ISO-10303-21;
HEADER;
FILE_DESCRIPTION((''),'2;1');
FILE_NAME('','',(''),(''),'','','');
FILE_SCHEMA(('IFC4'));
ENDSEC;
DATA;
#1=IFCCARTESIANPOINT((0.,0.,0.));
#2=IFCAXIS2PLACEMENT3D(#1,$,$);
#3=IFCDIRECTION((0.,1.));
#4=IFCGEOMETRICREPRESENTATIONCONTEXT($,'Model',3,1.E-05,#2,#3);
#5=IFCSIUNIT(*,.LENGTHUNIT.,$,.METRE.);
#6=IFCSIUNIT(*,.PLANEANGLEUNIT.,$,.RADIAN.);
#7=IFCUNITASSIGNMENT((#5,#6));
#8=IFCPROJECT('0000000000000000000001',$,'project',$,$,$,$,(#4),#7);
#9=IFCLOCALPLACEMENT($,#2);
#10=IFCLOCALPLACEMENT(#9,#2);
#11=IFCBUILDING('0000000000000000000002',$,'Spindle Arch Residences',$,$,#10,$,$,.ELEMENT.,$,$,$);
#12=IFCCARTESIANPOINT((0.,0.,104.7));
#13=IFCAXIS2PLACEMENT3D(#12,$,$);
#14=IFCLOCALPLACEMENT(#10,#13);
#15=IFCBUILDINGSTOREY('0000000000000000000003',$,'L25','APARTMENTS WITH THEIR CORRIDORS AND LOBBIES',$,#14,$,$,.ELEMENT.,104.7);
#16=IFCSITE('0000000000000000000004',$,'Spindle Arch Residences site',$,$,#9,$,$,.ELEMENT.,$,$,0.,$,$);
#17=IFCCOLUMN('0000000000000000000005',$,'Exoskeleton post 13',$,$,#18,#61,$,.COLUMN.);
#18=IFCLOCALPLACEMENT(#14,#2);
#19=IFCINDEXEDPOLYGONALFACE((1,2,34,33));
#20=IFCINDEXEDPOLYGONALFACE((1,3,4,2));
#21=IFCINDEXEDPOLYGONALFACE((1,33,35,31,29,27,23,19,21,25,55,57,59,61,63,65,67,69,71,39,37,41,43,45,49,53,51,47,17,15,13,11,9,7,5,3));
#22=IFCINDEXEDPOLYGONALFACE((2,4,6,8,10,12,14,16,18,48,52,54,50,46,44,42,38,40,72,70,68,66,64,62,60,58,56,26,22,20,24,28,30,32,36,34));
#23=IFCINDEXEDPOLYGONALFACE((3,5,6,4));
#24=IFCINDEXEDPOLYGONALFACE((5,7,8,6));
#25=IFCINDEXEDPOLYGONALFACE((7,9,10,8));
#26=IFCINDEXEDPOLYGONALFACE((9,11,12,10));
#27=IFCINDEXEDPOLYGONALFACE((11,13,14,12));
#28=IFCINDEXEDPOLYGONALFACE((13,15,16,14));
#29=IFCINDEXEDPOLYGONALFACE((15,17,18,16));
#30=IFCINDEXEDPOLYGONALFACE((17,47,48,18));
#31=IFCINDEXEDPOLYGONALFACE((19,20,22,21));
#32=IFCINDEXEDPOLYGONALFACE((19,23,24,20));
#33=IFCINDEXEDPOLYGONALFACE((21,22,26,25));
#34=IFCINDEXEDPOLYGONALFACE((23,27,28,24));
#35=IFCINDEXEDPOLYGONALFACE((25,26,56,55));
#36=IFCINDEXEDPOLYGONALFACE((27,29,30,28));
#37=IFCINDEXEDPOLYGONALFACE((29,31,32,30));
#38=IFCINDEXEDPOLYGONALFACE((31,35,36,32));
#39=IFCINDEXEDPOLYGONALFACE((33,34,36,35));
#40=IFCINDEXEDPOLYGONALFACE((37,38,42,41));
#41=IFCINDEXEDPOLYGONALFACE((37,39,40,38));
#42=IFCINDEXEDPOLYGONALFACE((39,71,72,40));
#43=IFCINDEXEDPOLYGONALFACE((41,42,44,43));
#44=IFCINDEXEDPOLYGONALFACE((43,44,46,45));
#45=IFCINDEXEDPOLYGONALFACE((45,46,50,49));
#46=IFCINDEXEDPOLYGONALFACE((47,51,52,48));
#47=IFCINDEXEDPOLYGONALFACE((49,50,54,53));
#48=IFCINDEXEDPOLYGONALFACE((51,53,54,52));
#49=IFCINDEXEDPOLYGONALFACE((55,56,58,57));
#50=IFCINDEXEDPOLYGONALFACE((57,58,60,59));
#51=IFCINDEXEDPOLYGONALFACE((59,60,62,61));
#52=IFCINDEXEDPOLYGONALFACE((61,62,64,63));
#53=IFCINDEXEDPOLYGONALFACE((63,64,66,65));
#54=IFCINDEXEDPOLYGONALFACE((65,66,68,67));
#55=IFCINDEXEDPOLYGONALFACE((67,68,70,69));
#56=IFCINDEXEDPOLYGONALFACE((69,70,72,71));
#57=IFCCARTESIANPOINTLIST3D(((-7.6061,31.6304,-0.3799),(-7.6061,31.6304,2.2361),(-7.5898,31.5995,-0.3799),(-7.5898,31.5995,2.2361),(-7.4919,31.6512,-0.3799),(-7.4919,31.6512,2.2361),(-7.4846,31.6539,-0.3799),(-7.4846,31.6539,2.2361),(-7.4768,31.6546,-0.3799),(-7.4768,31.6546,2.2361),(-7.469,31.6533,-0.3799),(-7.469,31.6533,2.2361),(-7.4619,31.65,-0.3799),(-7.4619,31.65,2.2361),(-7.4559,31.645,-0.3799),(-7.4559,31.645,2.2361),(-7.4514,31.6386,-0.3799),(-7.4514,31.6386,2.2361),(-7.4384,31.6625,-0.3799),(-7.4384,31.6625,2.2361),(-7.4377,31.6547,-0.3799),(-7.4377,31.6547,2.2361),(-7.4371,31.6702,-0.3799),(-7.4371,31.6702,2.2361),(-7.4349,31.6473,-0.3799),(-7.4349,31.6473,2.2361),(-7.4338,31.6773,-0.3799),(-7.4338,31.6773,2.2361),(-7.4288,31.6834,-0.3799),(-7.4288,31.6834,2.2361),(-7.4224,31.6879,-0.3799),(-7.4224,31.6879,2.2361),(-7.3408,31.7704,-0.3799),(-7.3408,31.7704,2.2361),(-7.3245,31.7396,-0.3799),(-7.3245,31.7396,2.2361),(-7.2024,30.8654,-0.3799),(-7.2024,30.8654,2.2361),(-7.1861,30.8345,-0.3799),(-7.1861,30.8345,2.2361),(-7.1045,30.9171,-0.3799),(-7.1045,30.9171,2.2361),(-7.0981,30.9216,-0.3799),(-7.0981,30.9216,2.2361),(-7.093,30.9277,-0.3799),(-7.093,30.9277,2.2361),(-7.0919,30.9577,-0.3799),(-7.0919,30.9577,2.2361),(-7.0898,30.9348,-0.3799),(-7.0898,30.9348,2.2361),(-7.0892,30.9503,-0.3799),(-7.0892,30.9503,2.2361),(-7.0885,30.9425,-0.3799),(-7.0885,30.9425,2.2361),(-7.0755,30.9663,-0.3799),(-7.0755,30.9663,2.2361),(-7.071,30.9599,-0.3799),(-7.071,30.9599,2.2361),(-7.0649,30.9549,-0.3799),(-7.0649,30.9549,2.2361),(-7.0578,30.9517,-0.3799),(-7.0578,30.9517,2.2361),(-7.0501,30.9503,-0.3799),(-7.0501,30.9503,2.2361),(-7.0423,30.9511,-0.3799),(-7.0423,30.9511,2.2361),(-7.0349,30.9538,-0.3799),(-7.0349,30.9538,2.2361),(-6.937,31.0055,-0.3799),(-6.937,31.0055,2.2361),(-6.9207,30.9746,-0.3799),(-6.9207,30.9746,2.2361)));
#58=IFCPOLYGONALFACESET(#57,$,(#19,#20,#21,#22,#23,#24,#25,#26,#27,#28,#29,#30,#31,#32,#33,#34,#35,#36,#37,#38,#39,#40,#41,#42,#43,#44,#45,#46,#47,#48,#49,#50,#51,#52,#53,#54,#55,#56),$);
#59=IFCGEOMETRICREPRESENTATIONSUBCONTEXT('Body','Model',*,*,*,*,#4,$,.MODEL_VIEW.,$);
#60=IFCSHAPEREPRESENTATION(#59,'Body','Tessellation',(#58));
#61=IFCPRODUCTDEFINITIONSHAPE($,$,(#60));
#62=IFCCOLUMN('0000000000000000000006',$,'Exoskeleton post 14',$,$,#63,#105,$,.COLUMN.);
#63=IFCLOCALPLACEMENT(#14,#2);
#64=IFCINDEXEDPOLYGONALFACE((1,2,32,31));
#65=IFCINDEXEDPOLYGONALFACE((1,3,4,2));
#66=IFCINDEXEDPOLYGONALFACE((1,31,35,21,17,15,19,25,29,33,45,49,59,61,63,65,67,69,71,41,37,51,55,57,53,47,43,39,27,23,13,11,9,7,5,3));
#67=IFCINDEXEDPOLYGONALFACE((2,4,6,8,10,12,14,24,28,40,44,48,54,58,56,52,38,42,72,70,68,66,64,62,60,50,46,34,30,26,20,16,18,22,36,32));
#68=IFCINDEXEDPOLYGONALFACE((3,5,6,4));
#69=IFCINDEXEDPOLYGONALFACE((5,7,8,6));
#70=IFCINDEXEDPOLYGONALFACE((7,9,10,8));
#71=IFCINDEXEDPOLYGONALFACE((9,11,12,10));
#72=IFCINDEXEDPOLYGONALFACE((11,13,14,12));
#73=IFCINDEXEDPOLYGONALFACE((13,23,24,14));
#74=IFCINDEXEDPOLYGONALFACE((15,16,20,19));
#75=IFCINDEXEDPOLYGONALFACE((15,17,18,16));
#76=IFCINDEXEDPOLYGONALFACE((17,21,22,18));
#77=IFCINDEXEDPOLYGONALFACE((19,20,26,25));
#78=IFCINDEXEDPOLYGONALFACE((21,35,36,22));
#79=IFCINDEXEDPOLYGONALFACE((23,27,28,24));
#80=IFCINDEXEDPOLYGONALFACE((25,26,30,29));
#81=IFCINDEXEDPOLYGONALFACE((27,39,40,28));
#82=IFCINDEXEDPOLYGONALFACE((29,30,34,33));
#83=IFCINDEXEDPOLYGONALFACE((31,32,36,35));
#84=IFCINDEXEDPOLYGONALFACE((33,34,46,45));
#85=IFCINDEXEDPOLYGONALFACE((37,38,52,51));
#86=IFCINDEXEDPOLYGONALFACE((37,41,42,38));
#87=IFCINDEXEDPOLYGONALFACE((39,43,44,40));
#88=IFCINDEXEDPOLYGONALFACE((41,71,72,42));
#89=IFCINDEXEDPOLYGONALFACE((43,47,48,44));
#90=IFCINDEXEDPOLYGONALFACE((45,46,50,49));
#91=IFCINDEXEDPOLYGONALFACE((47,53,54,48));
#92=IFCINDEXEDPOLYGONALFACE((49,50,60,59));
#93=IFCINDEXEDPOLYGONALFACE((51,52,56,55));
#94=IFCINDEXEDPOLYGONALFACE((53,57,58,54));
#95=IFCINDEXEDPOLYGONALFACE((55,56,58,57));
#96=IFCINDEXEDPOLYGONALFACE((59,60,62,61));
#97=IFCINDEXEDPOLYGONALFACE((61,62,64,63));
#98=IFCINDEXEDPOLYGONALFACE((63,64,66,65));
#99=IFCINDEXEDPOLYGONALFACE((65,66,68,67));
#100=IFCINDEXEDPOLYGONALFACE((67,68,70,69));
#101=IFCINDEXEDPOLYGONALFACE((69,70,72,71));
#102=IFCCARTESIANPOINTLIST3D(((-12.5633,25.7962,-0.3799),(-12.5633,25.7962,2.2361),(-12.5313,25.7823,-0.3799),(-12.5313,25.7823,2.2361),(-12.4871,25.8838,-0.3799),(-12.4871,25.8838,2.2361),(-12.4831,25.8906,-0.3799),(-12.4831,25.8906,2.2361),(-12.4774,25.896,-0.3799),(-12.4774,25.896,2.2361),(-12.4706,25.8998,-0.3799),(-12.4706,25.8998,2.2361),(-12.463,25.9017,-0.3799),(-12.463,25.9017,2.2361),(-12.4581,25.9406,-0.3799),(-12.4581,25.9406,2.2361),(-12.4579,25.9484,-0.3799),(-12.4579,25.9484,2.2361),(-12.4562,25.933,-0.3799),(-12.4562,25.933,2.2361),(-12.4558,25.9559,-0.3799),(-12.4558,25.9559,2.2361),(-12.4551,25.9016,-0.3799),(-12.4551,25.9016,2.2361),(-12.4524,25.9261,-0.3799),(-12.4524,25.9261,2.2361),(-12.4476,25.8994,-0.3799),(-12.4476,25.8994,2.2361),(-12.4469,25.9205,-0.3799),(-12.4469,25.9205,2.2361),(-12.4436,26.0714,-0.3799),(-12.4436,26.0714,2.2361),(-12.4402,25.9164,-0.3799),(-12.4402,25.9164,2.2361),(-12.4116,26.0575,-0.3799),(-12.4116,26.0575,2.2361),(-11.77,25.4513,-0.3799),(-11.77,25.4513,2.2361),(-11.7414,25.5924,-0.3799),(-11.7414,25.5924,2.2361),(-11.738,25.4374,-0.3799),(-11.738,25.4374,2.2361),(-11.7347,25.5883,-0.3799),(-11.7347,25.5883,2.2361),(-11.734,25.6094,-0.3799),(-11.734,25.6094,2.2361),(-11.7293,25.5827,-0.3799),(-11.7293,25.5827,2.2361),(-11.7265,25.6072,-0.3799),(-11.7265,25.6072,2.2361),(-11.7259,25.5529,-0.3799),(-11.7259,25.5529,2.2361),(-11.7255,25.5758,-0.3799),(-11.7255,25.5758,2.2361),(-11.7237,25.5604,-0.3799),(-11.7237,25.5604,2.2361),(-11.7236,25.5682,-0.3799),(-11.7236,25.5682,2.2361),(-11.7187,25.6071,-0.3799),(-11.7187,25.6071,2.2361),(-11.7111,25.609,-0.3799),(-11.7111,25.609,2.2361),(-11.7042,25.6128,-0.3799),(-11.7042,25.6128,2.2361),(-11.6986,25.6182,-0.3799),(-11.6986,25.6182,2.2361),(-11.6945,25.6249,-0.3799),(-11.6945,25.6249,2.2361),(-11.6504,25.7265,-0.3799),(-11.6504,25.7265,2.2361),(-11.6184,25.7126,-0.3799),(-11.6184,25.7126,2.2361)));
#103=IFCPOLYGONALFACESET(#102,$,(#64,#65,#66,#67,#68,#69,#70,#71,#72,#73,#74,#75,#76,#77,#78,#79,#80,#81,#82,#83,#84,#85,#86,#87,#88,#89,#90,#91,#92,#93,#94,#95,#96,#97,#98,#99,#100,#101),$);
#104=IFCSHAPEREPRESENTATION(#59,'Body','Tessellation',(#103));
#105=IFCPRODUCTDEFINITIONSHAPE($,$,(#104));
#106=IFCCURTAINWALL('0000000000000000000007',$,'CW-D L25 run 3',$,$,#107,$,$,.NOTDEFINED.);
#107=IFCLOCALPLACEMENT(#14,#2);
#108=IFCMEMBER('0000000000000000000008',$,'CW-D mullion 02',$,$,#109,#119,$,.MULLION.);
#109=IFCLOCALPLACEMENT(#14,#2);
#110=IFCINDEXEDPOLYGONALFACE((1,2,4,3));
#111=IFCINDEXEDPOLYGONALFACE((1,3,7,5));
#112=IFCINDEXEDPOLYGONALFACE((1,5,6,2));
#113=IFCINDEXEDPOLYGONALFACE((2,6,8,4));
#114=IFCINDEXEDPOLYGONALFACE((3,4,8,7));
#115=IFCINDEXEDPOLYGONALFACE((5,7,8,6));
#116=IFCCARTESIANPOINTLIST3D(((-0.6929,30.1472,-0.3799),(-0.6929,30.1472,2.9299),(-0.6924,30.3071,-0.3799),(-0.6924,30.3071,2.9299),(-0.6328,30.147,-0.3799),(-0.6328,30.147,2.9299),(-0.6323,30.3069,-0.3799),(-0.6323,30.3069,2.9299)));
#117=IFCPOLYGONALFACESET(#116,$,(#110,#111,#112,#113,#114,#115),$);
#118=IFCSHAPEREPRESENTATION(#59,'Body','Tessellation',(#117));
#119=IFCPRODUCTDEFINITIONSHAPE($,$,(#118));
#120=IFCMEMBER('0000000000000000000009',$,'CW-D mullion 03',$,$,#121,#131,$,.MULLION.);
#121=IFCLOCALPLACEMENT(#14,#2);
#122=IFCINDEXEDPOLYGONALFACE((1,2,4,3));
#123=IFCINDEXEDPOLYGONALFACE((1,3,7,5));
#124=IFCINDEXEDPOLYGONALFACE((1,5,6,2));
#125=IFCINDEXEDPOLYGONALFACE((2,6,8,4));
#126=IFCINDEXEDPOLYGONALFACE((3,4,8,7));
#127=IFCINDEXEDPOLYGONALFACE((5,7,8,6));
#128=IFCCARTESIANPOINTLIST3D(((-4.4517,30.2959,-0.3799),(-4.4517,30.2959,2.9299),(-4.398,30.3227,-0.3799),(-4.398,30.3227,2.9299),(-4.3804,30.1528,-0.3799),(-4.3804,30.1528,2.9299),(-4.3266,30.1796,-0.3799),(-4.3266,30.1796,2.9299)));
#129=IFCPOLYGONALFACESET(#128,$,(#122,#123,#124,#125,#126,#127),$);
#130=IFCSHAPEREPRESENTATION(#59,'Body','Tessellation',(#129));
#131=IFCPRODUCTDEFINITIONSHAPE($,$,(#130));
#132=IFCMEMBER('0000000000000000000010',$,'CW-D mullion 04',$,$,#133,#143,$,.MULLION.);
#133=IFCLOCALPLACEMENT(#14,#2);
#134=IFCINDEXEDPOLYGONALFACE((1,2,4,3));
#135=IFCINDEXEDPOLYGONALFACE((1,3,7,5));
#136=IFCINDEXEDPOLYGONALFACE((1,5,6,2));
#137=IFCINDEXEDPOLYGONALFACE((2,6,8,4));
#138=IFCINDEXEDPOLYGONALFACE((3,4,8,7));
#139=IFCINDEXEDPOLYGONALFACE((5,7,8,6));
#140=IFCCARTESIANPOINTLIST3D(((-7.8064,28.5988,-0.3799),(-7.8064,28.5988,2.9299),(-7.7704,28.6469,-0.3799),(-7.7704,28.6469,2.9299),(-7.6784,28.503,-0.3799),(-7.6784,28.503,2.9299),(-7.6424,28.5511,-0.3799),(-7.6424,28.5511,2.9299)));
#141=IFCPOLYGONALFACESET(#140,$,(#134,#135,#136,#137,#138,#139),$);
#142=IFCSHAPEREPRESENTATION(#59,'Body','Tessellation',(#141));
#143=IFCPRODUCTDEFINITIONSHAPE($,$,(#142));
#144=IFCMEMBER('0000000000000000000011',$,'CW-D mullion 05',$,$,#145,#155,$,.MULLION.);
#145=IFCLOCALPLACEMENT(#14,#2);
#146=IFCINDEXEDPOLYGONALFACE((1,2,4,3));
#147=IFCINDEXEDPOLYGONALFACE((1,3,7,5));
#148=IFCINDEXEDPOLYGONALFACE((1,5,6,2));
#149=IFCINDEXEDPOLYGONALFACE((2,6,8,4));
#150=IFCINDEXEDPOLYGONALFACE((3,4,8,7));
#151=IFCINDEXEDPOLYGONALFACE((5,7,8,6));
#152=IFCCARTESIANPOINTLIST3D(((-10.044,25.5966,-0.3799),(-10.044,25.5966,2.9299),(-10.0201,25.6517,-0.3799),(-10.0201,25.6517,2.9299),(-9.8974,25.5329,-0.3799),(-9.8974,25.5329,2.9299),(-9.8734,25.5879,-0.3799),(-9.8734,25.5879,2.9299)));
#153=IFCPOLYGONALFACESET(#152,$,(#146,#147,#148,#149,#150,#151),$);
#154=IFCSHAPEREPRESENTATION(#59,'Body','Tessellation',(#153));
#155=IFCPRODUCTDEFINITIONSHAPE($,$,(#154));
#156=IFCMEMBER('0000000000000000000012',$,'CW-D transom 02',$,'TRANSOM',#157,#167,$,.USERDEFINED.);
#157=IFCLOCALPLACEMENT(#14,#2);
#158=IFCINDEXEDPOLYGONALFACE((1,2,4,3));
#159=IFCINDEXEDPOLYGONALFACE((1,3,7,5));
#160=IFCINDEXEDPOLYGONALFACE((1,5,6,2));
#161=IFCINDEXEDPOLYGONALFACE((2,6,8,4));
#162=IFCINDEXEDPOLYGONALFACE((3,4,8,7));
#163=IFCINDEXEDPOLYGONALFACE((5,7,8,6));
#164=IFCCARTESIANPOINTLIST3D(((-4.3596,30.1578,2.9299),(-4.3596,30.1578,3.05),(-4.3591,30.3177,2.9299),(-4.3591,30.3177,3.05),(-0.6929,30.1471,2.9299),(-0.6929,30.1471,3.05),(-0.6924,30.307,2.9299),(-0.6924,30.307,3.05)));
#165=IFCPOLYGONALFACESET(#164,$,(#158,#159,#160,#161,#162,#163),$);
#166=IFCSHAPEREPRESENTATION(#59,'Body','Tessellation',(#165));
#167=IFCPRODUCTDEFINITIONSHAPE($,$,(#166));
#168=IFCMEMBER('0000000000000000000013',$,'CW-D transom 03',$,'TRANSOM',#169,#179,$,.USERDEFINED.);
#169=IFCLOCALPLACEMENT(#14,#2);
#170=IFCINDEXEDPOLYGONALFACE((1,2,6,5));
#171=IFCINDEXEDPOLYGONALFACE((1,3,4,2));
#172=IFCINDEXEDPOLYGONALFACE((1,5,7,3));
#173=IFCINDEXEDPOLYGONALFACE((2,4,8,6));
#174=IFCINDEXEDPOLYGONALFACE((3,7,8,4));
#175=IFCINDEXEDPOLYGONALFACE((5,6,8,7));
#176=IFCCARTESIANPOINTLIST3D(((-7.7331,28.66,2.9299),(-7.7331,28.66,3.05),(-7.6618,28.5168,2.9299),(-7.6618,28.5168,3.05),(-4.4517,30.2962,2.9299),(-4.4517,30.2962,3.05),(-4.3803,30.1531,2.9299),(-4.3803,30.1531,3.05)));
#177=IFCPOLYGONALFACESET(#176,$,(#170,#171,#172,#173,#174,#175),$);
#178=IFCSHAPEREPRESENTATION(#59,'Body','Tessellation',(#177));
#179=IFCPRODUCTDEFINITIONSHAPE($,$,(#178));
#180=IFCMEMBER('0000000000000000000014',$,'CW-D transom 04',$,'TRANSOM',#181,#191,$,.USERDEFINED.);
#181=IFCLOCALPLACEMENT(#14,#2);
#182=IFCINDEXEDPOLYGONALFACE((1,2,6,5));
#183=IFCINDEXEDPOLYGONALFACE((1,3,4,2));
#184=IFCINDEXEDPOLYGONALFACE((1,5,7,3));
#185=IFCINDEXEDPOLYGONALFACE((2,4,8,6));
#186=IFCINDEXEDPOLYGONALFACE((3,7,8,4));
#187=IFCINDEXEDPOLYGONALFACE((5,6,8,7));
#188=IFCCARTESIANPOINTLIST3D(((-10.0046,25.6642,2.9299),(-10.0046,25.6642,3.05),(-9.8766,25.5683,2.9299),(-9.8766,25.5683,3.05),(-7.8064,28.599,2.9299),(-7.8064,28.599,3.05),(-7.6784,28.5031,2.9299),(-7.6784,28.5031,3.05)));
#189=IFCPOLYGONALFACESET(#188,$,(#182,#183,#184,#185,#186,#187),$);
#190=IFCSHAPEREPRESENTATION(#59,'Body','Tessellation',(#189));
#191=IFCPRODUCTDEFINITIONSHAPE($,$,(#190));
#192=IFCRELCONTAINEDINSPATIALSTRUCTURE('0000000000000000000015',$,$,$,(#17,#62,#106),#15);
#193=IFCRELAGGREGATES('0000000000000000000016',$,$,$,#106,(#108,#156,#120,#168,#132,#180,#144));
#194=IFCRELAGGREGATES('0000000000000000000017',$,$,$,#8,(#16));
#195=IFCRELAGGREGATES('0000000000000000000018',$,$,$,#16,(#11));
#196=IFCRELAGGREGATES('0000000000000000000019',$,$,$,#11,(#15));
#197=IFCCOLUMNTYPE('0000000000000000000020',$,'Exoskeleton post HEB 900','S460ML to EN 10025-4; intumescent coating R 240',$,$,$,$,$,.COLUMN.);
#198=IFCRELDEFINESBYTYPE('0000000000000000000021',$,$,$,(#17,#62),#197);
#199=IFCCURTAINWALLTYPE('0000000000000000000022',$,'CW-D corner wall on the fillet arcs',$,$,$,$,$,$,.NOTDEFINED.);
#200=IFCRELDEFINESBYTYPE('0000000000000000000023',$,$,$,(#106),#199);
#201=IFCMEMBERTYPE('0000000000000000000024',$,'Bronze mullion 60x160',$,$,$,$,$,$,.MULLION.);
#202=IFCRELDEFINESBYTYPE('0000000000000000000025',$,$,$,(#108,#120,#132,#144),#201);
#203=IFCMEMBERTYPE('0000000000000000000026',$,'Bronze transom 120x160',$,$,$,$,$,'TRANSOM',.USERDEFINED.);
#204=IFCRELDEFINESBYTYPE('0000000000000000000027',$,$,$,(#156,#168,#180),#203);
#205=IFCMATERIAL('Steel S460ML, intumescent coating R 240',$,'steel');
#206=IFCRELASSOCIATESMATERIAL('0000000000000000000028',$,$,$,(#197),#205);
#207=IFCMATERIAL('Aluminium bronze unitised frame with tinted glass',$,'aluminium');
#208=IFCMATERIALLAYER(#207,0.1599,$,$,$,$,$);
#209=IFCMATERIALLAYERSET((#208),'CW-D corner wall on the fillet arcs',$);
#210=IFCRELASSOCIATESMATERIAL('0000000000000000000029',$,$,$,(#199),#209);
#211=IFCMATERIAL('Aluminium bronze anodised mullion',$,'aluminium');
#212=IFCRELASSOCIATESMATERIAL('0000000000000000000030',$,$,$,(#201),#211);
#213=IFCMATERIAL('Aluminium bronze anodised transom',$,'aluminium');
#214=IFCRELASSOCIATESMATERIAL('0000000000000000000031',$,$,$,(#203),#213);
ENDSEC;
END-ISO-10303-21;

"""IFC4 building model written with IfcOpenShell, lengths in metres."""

from ifc_helpers import new_model, si_unit, direction, frame, origin, origin_2d, place, context, subcontext, project, spatial, rectangle, i_section, extrude, material, layer, layer_set, material_profile, profile_set, type_object, element, aggregate, save


model = new_model("IFC4")

# Units and contexts
model_context = context("Model", 3, precision=1e-05, world=origin(), true_north=direction((0.0, 1.0)))
body_context = subcontext(model_context, "Body", "Model", "MODEL_VIEW")
ifc_project = project(units=[si_unit("LENGTHUNIT", "METRE"), si_unit("PLANEANGLEUNIT", "RADIAN")], contexts=[model_context])

# Site, building, storey
site_placement = place(None, origin())
site = spatial("IfcSite", under=ifc_project, at=site_placement, Name="Spindle Arch Residences site", CompositionType="ELEMENT", RefElevation=0.0)
building_placement = place(site_placement, origin())
building = spatial("IfcBuilding", under=site, at=building_placement, Name="Spindle Arch Residences", CompositionType="ELEMENT")
storey_placement = place(building_placement, frame((0.0, 0.0, 104.7)))
storey = spatial("IfcBuildingStorey", under=building, at=storey_placement, Name="L25", Description="APARTMENTS WITH THEIR CORRIDORS AND LOBBIES", CompositionType="ELEMENT", Elevation=104.7)

# Columns
ifc_material_1 = material(Name="Steel S460ML, intumescent coating R 240", Category="steel")
ifc_material_profile_1 = material_profile(ifc_material_1, i_section(OverallWidth=0.3, OverallDepth=0.8999, WebThickness=0.0186, FlangeThickness=0.0349, FilletRadius=0.03, at=origin_2d()), Name="HEB 900")
ifc_profile_set_1 = profile_set([ifc_material_profile_1], Name="Steel S460ML, intumescent coating R 240")
column_type = type_object("IfcColumnType", Name="Exoskeleton post HEB 900", Description="S460ML to EN 10025-4; intumescent coating R 240", PredefinedType="COLUMN", material=ifc_profile_set_1)
for number, where, z_axis, x_axis, name in (
    (1, (-7.2634, 31.3025, -0.3799), (0.0, 0.0, 1.0), (0.884365, 0.466797, 0.0), "Exoskeleton post 13"),
    (2, (-12.0908, 25.7544, -0.3799), (0.0, 0.0, 1.0), (0.398749, 0.91706, 0.0), "Exoskeleton post 14"),
):
    element("IfcColumn", number, at=place(storey_placement, frame(where, z_axis=z_axis, x_axis=x_axis)), inside=storey, type_object=column_type, Name=name, PredefinedType="COLUMN", context=body_context, shape_type="SweptSolid", body=[
        extrude(i_section(OverallWidth=0.3, OverallDepth=0.8999, WebThickness=0.0186, FlangeThickness=0.0349, FilletRadius=0.03, at=origin_2d()), origin(), (0.0, 0.0, 1.0), 2.616),
    ])

# Curtain wall, members
ifc_material_2 = material(Name="Aluminium bronze unitised frame with tinted glass", Category="aluminium")
ifc_layer_1 = layer(ifc_material_2, 0.1599)
ifc_layer_set_1 = layer_set([ifc_layer_1], Name="CW-D corner wall on the fillet arcs")
curtain_wall_type = type_object("IfcCurtainWallType", Name="CW-D corner wall on the fillet arcs", PredefinedType="NOTDEFINED", material=ifc_layer_set_1)
curtain_wall_placement = place(storey_placement, origin())
curtain_wall = element("IfcCurtainWall", 3, at=curtain_wall_placement, inside=storey, type_object=curtain_wall_type, Name="CW-D L25 run 3", PredefinedType="NOTDEFINED")
ifc_material_3 = material(Name="Aluminium bronze anodised mullion", Category="aluminium")
ifc_material_profile_2 = material_profile(ifc_material_3, rectangle(XDim=0.1599, YDim=0.0601, at=origin_2d()), Name="MU 60x160")
ifc_profile_set_2 = profile_set([ifc_material_profile_2], Name="Aluminium bronze anodised mullion")
member_type_1 = type_object("IfcMemberType", Name="Bronze mullion 60x160", PredefinedType="MULLION", material=ifc_profile_set_2)
member_1_placement = place(storey_placement, frame((-0.6626, 30.2271, -0.3799), z_axis=(0.0, 0.0, 1.0), x_axis=(-0.002909, -0.999996, 0.0)))
member_1 = element("IfcMember", 4, at=member_1_placement, type_object=member_type_1, Name="CW-D mullion 02", PredefinedType="MULLION", context=body_context, shape_type="SweptSolid", body=[
    extrude(rectangle(XDim=0.1599, YDim=0.0601, at=origin_2d()), origin(), (0.0, 0.0, 1.0), 3.3098),
])
member_2_placement = place(storey_placement, frame((-4.3892, 30.2378, -0.3799), z_axis=(0.0, 0.0, 1.0), x_axis=(0.446198, -0.894934, 0.0)))
member_2 = element("IfcMember", 5, at=member_2_placement, type_object=member_type_1, Name="CW-D mullion 03", PredefinedType="MULLION", context=body_context, shape_type="SweptSolid", body=[
    extrude(rectangle(XDim=0.1599, YDim=0.0601, at=origin_2d()), origin(), (0.0, 0.0, 1.0), 3.3098),
])
member_3_placement = place(storey_placement, frame((-7.7244, 28.575, -0.3799), z_axis=(0.0, 0.0, 1.0), x_axis=(0.800383, -0.599489, 0.0)))
member_3 = element("IfcMember", 6, at=member_3_placement, type_object=member_type_1, Name="CW-D mullion 04", PredefinedType="MULLION", context=body_context, shape_type="SweptSolid", body=[
    extrude(rectangle(XDim=0.1599, YDim=0.0601, at=origin_2d()), origin(), (0.0, 0.0, 1.0), 3.3098),
])
member_4_placement = place(storey_placement, frame((-9.9587, 25.5923, -0.3799), z_axis=(0.0, 0.0, 1.0), x_axis=(0.91706, -0.398749, 0.0)))
member_4 = element("IfcMember", 7, at=member_4_placement, type_object=member_type_1, Name="CW-D mullion 05", PredefinedType="MULLION", context=body_context, shape_type="SweptSolid", body=[
    extrude(rectangle(XDim=0.1599, YDim=0.0601, at=origin_2d()), origin(), (0.0, 0.0, 1.0), 3.3098),
])
ifc_material_4 = material(Name="Aluminium bronze anodised transom", Category="aluminium")
ifc_material_profile_3 = material_profile(ifc_material_4, rectangle(XDim=0.1599, YDim=0.1201, at=origin_2d()), Name="TR 120x160")
ifc_profile_set_3 = profile_set([ifc_material_profile_3], Name="Aluminium bronze anodised transom")
member_type_2 = type_object("IfcMemberType", Name="Bronze transom 120x160", ElementType="TRANSOM", PredefinedType="USERDEFINED", material=ifc_profile_set_3)
member_5_placement = place(storey_placement, frame((-0.6926, 30.2271, 2.99), z_axis=(-0.999996, 0.00293, 0.0), x_axis=(-0.00293, -0.999996, 0.0)))
member_5 = element("IfcMember", 8, at=member_5_placement, type_object=member_type_2, Name="CW-D transom 02", ObjectType="TRANSOM", PredefinedType="USERDEFINED", context=body_context, shape_type="SweptSolid", body=[
    extrude(rectangle(XDim=0.1599, YDim=0.1201, at=origin_2d()), origin(), (0.0, 0.0, 1.0), 3.6667),
])
member_6_placement = place(storey_placement, frame((-4.416, 30.2246, 2.99), z_axis=(-0.894919, -0.446228, 0.0), x_axis=(0.446228, -0.894919, 0.0)))
member_6 = element("IfcMember", 9, at=member_6_placement, type_object=member_type_2, Name="CW-D transom 03", ObjectType="TRANSOM", PredefinedType="USERDEFINED", context=body_context, shape_type="SweptSolid", body=[
    extrude(rectangle(XDim=0.1599, YDim=0.1201, at=origin_2d()), origin(), (0.0, 0.0, 1.0), 3.6667),
])
member_7_placement = place(storey_placement, frame((-7.7424, 28.551, 2.99), z_axis=(-0.599499, -0.800375, 0.0), x_axis=(0.800375, -0.599499, 0.0)))
member_7 = element("IfcMember", 10, at=member_7_placement, type_object=member_type_2, Name="CW-D transom 04", ObjectType="TRANSOM", PredefinedType="USERDEFINED", context=body_context, shape_type="SweptSolid", body=[
    extrude(rectangle(XDim=0.1599, YDim=0.1201, at=origin_2d()), origin(), (0.0, 0.0, 1.0), 3.6667),
])

aggregate(curtain_wall, [member_1, member_5, member_2, member_6, member_3, member_7, member_4])

save(model, "model.ifc")
